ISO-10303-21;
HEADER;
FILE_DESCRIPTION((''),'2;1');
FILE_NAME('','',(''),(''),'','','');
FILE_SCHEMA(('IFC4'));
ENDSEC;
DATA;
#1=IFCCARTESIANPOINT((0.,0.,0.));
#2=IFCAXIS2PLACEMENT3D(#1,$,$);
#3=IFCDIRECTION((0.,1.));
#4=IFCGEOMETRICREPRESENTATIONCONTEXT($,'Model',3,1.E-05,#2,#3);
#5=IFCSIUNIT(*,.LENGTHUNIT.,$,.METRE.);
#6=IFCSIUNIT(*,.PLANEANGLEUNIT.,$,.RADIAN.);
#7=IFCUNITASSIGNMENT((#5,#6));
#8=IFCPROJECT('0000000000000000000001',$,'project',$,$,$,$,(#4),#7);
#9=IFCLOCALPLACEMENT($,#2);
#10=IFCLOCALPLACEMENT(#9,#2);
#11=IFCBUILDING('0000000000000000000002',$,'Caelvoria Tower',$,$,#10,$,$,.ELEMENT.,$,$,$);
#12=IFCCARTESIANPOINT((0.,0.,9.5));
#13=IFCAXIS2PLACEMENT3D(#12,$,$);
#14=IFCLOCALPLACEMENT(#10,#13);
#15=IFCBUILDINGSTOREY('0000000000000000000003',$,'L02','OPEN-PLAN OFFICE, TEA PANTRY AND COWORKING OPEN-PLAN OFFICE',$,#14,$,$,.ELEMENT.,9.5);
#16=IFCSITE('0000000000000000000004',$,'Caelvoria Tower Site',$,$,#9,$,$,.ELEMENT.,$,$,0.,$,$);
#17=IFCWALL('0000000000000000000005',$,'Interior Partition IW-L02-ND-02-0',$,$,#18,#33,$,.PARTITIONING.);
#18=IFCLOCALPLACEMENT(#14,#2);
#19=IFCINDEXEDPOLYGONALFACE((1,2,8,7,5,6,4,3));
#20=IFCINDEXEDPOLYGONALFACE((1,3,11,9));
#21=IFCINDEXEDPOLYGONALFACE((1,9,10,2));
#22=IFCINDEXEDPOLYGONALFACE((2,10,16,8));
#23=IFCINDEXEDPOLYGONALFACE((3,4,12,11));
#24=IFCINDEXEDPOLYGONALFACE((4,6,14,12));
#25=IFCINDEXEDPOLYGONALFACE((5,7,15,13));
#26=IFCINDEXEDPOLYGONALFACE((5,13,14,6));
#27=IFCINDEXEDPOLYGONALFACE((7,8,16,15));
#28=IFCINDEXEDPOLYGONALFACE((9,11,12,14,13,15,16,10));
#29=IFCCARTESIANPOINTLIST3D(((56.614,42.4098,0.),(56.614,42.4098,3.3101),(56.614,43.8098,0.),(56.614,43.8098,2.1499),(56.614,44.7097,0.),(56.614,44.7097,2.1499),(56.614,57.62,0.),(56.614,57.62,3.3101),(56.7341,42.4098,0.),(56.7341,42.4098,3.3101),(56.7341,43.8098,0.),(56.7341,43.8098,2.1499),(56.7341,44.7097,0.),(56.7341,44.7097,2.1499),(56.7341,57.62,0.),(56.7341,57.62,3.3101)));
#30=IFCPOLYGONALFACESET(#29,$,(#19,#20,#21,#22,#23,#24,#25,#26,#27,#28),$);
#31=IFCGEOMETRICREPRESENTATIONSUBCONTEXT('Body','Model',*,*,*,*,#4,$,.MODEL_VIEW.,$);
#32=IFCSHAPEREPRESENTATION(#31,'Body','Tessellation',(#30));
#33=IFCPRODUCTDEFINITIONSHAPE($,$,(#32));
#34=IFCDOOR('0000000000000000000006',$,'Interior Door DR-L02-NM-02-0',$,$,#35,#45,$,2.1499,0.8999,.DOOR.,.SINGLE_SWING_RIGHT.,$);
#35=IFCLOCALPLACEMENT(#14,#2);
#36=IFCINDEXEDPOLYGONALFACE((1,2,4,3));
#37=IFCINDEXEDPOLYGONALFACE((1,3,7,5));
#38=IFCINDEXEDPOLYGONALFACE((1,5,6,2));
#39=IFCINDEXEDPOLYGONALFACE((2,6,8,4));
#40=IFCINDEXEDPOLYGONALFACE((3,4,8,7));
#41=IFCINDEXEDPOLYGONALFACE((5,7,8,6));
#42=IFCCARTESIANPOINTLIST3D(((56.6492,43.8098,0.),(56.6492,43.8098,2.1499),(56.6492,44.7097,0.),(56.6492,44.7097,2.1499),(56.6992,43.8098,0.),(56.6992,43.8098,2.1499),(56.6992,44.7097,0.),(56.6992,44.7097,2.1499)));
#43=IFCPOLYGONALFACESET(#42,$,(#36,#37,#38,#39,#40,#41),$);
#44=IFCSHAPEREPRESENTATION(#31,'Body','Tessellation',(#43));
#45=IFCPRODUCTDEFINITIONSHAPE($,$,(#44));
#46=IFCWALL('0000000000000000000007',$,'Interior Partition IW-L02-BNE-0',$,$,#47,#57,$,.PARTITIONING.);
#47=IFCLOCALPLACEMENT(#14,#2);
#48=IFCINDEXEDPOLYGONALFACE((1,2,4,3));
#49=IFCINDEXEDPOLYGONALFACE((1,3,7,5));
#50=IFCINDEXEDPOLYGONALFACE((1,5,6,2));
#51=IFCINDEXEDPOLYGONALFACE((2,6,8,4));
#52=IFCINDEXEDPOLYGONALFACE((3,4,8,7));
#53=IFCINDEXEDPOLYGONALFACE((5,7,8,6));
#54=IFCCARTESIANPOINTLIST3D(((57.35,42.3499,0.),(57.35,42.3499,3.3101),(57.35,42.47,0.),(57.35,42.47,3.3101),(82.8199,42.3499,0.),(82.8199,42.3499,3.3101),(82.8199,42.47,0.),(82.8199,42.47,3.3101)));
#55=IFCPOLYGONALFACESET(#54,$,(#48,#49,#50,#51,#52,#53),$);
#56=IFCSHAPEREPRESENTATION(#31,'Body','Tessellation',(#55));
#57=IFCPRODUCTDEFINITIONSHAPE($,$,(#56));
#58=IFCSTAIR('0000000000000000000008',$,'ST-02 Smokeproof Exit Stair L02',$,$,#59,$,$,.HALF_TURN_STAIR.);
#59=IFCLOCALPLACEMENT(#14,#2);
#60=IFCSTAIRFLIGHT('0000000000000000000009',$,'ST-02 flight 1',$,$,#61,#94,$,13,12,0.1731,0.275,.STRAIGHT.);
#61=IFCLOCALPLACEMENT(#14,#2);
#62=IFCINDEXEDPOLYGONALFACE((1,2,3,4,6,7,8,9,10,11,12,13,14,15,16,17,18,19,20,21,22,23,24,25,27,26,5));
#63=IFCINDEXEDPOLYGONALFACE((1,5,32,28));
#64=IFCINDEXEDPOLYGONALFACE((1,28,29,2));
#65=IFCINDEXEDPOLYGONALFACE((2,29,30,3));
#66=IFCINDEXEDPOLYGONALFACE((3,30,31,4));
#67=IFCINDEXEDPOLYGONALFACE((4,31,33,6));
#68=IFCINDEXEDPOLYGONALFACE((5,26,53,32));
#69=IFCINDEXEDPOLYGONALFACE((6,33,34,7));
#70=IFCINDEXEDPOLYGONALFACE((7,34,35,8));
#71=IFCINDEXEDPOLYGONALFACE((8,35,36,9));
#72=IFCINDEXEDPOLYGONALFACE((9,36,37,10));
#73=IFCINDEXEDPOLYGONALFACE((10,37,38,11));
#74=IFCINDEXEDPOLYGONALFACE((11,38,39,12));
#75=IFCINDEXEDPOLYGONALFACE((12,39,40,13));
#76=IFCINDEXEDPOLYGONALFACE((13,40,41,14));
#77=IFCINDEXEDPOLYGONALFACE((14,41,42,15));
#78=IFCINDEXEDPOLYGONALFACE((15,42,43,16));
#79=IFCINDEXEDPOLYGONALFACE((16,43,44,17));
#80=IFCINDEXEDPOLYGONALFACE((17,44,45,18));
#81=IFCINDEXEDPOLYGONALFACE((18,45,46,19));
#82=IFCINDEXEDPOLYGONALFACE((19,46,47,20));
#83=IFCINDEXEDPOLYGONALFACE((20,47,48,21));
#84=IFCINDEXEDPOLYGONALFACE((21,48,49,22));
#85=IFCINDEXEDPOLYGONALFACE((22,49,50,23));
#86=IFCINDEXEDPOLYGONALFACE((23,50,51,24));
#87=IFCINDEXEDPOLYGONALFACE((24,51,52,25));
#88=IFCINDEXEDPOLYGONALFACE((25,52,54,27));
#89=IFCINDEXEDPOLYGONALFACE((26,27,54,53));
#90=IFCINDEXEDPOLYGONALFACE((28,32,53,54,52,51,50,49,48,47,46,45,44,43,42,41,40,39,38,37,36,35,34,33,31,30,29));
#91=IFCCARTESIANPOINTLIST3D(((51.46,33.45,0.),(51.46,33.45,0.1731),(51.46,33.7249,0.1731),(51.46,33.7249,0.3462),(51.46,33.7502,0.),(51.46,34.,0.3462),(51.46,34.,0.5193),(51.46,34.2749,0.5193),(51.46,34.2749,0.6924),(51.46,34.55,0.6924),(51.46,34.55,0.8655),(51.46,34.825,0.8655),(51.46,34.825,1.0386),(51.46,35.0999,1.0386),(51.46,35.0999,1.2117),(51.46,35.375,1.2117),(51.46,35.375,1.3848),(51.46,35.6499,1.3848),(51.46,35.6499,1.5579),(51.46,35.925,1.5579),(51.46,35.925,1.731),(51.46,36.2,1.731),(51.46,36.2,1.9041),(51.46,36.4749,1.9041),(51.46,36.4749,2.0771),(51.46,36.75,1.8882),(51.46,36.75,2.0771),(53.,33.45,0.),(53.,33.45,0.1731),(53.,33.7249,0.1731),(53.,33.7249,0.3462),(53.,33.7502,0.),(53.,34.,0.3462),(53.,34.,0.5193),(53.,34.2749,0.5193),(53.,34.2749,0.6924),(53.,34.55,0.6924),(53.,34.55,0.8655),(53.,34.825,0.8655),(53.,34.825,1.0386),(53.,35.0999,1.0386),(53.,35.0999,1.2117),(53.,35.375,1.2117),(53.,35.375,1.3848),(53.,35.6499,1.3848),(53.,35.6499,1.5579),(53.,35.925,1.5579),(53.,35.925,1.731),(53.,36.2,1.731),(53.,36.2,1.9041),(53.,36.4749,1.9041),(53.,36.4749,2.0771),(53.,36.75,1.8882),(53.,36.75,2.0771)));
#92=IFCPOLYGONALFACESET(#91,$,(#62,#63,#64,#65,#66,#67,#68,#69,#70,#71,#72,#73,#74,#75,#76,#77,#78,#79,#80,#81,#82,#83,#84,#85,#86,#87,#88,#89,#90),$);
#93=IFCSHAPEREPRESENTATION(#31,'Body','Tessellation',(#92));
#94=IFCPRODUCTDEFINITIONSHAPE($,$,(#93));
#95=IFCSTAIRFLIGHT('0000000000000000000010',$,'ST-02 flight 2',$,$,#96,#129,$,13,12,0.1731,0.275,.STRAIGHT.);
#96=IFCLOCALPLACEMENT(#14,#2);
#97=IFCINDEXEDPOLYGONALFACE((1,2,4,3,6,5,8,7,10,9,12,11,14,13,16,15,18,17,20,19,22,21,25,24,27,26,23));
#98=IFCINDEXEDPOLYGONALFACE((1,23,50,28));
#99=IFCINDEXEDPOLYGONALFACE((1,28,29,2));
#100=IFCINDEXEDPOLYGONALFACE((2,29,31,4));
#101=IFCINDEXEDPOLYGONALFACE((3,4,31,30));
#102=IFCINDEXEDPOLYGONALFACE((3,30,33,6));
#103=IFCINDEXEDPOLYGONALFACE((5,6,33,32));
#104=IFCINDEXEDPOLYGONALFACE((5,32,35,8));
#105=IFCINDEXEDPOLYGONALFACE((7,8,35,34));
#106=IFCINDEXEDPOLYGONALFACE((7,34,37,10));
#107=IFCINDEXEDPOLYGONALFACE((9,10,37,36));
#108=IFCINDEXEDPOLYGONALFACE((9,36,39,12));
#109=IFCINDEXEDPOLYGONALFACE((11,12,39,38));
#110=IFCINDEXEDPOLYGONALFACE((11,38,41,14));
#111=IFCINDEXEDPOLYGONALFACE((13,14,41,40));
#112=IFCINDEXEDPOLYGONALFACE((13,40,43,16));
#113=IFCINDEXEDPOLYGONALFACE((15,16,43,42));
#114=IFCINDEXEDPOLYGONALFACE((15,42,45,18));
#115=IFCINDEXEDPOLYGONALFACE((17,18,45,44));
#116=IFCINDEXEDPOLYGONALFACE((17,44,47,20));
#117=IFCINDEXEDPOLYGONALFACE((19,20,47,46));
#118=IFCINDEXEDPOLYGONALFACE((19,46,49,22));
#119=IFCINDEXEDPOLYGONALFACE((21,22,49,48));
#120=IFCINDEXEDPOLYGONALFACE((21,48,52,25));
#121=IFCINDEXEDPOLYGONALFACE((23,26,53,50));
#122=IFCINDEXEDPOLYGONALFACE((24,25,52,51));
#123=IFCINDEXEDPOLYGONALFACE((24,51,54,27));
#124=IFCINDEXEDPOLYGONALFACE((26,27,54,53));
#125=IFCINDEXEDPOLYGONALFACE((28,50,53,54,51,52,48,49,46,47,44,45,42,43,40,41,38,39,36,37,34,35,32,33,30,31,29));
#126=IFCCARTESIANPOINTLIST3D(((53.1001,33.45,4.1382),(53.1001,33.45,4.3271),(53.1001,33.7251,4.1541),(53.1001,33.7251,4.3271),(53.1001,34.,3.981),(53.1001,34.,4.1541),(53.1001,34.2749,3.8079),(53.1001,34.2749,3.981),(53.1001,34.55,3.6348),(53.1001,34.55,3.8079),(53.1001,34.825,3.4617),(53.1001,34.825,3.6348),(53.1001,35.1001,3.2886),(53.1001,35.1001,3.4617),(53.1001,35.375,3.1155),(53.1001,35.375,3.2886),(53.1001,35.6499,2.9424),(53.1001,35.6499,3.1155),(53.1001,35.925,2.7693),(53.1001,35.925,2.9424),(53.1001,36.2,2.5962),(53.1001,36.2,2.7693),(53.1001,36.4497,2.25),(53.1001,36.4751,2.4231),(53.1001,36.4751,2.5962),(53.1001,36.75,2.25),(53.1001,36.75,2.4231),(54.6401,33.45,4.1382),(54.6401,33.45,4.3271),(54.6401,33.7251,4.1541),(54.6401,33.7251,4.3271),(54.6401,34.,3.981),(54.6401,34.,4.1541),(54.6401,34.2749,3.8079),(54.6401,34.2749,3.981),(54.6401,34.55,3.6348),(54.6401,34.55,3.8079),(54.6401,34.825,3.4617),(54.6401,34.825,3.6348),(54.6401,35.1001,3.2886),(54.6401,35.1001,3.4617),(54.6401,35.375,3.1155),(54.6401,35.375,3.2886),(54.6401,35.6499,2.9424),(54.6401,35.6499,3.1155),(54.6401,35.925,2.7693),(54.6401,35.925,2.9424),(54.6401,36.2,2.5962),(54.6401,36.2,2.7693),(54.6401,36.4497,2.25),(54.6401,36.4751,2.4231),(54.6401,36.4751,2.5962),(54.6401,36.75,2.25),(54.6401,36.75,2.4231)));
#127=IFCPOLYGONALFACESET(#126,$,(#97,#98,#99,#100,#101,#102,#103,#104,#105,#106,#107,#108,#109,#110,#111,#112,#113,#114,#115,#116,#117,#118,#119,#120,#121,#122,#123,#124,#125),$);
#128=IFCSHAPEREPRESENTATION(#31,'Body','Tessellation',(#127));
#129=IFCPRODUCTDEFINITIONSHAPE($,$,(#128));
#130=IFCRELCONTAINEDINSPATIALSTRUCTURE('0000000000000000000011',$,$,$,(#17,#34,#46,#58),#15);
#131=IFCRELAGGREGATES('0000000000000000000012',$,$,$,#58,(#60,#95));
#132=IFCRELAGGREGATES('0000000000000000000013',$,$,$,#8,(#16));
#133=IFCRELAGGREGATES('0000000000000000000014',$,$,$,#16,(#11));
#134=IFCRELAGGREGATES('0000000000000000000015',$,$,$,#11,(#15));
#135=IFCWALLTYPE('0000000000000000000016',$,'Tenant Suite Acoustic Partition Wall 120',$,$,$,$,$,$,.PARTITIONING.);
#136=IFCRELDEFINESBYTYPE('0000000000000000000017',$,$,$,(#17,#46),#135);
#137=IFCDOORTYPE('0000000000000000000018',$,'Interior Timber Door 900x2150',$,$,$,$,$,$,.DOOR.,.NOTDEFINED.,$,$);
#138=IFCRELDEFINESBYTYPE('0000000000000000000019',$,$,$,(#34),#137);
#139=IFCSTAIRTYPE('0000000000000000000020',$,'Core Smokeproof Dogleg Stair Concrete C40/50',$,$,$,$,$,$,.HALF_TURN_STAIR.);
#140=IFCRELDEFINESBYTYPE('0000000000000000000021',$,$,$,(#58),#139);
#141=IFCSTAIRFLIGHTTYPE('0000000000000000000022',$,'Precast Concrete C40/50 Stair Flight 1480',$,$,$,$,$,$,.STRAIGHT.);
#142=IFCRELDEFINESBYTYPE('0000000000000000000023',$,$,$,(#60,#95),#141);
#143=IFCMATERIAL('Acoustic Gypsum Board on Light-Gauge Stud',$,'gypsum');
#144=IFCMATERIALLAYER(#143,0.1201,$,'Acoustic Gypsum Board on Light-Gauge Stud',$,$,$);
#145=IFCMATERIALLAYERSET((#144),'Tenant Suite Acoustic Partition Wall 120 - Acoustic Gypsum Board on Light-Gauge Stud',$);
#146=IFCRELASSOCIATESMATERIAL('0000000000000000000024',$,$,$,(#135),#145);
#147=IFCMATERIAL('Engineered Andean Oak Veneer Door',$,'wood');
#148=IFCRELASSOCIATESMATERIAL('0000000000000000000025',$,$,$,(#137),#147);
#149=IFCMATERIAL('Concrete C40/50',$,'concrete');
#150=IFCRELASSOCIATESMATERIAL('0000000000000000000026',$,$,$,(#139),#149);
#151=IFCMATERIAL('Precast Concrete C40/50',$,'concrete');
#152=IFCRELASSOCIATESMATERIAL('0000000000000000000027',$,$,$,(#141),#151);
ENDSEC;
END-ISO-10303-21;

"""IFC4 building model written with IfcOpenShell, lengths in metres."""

from ifc_helpers import new_model, si_unit, direction, frame, frame_2d, origin, place, context, subcontext, project, spatial, polyline, rectangle, outline, extrude, material, layer, layer_set, type_object, element, fill, aggregate, save


model = new_model("IFC4")

# Units and contexts
model_context = context("Model", 3, precision=1e-05, world=origin(), true_north=direction((0.0, 1.0)))
body_context = subcontext(model_context, "Body", "Model", "MODEL_VIEW")
ifc_project = project(units=[si_unit("LENGTHUNIT", "METRE"), si_unit("PLANEANGLEUNIT", "RADIAN")], contexts=[model_context])

# Site, building, storey
site_placement = place(None, origin())
site = spatial("IfcSite", under=ifc_project, at=site_placement, Name="Caelvoria Tower Site", CompositionType="ELEMENT", RefElevation=0.0)
building_placement = place(site_placement, origin())
building = spatial("IfcBuilding", under=site, at=building_placement, Name="Caelvoria Tower", CompositionType="ELEMENT")
storey_placement = place(building_placement, frame((0.0, 0.0, 9.5)))
storey = spatial("IfcBuildingStorey", under=building, at=storey_placement, Name="L02", Description="OPEN-PLAN OFFICE, TEA PANTRY AND COWORKING OPEN-PLAN OFFICE", CompositionType="ELEMENT", Elevation=9.5)

# Wall, opening, door
ifc_material_1 = material(Name="Acoustic Gypsum Board on Light-Gauge Stud", Category="gypsum")
ifc_layer_1 = layer(ifc_material_1, 0.1201, Name="Acoustic Gypsum Board on Light-Gauge Stud")
ifc_layer_set_1 = layer_set([ifc_layer_1], Name="Tenant Suite Acoustic Partition Wall 120 - Acoustic Gypsum Board on Light-Gauge Stud")
wall_type_1 = type_object("IfcWallType", Name="Tenant Suite Acoustic Partition Wall 120", PredefinedType="PARTITIONING", material=ifc_layer_set_1)
wall_1_placement = place(storey_placement, frame((56.6741, 42.4099, 0.0), z_axis=(0.0, 0.0, 1.0), x_axis=(0.0, 1.0, 0.0)))
wall_1 = element("IfcWall", 1, at=wall_1_placement, inside=storey, type_object=wall_type_1, Name="Interior Partition IW-L02-ND-02-0", PredefinedType="PARTITIONING", context=body_context, shape_type="SweptSolid", body=[
    extrude(rectangle(XDim=15.2102, YDim=0.1201, at=frame_2d((7.605, 0.0))), origin(), (0.0, 0.0, 1.0), 3.3101),
])
opening_placement = place(wall_1_placement, frame((1.3999, 0.0, 0.0)))
opening = element("IfcOpeningElement", 2, at=opening_placement, cuts=wall_1, PredefinedType="OPENING", context=body_context, shape_type="SweptSolid", body=[
    extrude(rectangle(XDim=0.8999, YDim=2.1499, at=frame_2d((0.45, 1.075))), frame((0.0, 0.0701, 0.0), z_axis=(0.0, -1.0, 0.0), x_axis=(1.0, 0.0, 0.0)), (0.0, 0.0, 1.0), 0.1401),
])
ifc_material_2 = material(Name="Engineered Andean Oak Veneer Door", Category="wood")
door_type = type_object("IfcDoorType", Name="Interior Timber Door 900x2150", OperationType="NOTDEFINED", PredefinedType="DOOR", material=ifc_material_2)
door_placement = place(opening_placement, origin())
door = element("IfcDoor", 3, at=door_placement, inside=storey, type_object=door_type, Name="Interior Door DR-L02-NM-02-0", OperationType="SINGLE_SWING_RIGHT", OverallHeight=2.1499, OverallWidth=0.8999, PredefinedType="DOOR", context=body_context, shape_type="SweptSolid", body=[
    extrude(rectangle(XDim=0.8999, YDim=2.1499, at=frame_2d((0.45, 1.075))), frame((0.0, 0.0249, 0.0), z_axis=(0.0, -1.0, 0.0), x_axis=(1.0, 0.0, 0.0)), (0.0, 0.0, 1.0), 0.05),
])
fill(opening, door)

# Wall
wall_2_placement = place(storey_placement, frame((57.3501, 42.4099, 0.0), z_axis=(0.0, 0.0, 1.0), x_axis=(1.0, 0.0, 0.0)))
element("IfcWall", 4, at=wall_2_placement, inside=storey, type_object=wall_type_1, Name="Interior Partition IW-L02-BNE-0", PredefinedType="PARTITIONING", context=body_context, shape_type="SweptSolid", body=[
    extrude(rectangle(XDim=25.47, YDim=0.1201, at=frame_2d((12.7349, 0.0))), origin(), (0.0, 0.0, 1.0), 3.3101),
])

# Stair, stair flights
ifc_material_3 = material(Name="Concrete C40/50", Category="concrete")
stair_type = type_object("IfcStairType", Name="Core Smokeproof Dogleg Stair Concrete C40/50", PredefinedType="HALF_TURN_STAIR", material=ifc_material_3)
stair_placement = place(storey_placement, origin())
stair = element("IfcStair", 5, at=stair_placement, inside=storey, type_object=stair_type, Name="ST-02 Smokeproof Exit Stair L02", PredefinedType="HALF_TURN_STAIR")
ifc_material_4 = material(Name="Precast Concrete C40/50", Category="concrete")
stair_flight_type = type_object("IfcStairFlightType", Name="Precast Concrete C40/50 Stair Flight 1480", PredefinedType="STRAIGHT", material=ifc_material_4)
stair_flight_1_placement = place(storey_placement, frame((52.23, 33.45, 0.0), z_axis=(0.0, 0.0, 1.0), x_axis=(0.0, 1.0, 0.0)))
stair_flight_1 = element("IfcStairFlight", 6, at=stair_flight_1_placement, type_object=stair_flight_type, Name="ST-02 flight 1", NumberOfRisers=13, NumberOfTreads=12, PredefinedType="STRAIGHT", RiserHeight=0.1731, TreadLength=0.275, context=body_context, shape_type="SweptSolid", body=[
    extrude(outline(polyline([(0.0, 0.0), (0.0, 0.1731), (0.2749, 0.1731), (0.2749, 0.3462), (0.55, 0.3462), (0.55, 0.5193), (0.825, 0.5193), (0.825, 0.6924), (1.1001, 0.6924), (1.1001, 0.8655), (1.375, 0.8655), (1.375, 1.0386), (1.6499, 1.0386), (1.6499, 1.2117), (1.925, 1.2117), (1.925, 1.3848), (2.2, 1.3848), (2.2, 1.5579), (2.4751, 1.5579), (2.4751, 1.731), (2.75, 1.731), (2.75, 1.9041), (3.0249, 1.9041), (3.0249, 2.0771), (3.3, 2.0771), (3.3, 2.2502), (3.3, 1.8882), (0.3003, 0.0), (0.0, 0.0)])), frame((0.0, 0.77, 0.0), z_axis=(0.0, -1.0, 0.0), x_axis=(1.0, 0.0, 0.0)), (0.0, 0.0, 1.0), 1.54),
])
stair_flight_2_placement = place(storey_placement, frame((53.8701, 36.75, 2.25), z_axis=(0.0, 0.0, 1.0), x_axis=(0.0, -1.0, 0.0)))
stair_flight_2 = element("IfcStairFlight", 7, at=stair_flight_2_placement, type_object=stair_flight_type, Name="ST-02 flight 2", NumberOfRisers=13, NumberOfTreads=12, PredefinedType="STRAIGHT", RiserHeight=0.1731, TreadLength=0.275, context=body_context, shape_type="SweptSolid", body=[
    extrude(outline(polyline([(0.0, 0.0), (0.0, 0.1731), (0.2749, 0.1731), (0.2749, 0.3462), (0.55, 0.3462), (0.55, 0.5193), (0.825, 0.5193), (0.825, 0.6924), (1.1001, 0.6924), (1.1001, 0.8655), (1.375, 0.8655), (1.375, 1.0386), (1.6499, 1.0386), (1.6499, 1.2117), (1.925, 1.2117), (1.925, 1.3848), (2.2, 1.3848), (2.2, 1.5579), (2.4751, 1.5579), (2.4751, 1.731), (2.75, 1.731), (2.75, 1.9041), (3.0249, 1.9041), (3.0249, 2.0771), (3.3, 2.0771), (3.3, 2.2502), (3.3, 1.8882), (0.3003, 0.0), (0.0, 0.0)])), frame((0.0, 0.77, 0.0), z_axis=(0.0, -1.0, 0.0), x_axis=(1.0, 0.0, 0.0)), (0.0, 0.0, 1.0), 1.54),
])
aggregate(stair, [stair_flight_1, stair_flight_2])

save(model, "model.ifc")
